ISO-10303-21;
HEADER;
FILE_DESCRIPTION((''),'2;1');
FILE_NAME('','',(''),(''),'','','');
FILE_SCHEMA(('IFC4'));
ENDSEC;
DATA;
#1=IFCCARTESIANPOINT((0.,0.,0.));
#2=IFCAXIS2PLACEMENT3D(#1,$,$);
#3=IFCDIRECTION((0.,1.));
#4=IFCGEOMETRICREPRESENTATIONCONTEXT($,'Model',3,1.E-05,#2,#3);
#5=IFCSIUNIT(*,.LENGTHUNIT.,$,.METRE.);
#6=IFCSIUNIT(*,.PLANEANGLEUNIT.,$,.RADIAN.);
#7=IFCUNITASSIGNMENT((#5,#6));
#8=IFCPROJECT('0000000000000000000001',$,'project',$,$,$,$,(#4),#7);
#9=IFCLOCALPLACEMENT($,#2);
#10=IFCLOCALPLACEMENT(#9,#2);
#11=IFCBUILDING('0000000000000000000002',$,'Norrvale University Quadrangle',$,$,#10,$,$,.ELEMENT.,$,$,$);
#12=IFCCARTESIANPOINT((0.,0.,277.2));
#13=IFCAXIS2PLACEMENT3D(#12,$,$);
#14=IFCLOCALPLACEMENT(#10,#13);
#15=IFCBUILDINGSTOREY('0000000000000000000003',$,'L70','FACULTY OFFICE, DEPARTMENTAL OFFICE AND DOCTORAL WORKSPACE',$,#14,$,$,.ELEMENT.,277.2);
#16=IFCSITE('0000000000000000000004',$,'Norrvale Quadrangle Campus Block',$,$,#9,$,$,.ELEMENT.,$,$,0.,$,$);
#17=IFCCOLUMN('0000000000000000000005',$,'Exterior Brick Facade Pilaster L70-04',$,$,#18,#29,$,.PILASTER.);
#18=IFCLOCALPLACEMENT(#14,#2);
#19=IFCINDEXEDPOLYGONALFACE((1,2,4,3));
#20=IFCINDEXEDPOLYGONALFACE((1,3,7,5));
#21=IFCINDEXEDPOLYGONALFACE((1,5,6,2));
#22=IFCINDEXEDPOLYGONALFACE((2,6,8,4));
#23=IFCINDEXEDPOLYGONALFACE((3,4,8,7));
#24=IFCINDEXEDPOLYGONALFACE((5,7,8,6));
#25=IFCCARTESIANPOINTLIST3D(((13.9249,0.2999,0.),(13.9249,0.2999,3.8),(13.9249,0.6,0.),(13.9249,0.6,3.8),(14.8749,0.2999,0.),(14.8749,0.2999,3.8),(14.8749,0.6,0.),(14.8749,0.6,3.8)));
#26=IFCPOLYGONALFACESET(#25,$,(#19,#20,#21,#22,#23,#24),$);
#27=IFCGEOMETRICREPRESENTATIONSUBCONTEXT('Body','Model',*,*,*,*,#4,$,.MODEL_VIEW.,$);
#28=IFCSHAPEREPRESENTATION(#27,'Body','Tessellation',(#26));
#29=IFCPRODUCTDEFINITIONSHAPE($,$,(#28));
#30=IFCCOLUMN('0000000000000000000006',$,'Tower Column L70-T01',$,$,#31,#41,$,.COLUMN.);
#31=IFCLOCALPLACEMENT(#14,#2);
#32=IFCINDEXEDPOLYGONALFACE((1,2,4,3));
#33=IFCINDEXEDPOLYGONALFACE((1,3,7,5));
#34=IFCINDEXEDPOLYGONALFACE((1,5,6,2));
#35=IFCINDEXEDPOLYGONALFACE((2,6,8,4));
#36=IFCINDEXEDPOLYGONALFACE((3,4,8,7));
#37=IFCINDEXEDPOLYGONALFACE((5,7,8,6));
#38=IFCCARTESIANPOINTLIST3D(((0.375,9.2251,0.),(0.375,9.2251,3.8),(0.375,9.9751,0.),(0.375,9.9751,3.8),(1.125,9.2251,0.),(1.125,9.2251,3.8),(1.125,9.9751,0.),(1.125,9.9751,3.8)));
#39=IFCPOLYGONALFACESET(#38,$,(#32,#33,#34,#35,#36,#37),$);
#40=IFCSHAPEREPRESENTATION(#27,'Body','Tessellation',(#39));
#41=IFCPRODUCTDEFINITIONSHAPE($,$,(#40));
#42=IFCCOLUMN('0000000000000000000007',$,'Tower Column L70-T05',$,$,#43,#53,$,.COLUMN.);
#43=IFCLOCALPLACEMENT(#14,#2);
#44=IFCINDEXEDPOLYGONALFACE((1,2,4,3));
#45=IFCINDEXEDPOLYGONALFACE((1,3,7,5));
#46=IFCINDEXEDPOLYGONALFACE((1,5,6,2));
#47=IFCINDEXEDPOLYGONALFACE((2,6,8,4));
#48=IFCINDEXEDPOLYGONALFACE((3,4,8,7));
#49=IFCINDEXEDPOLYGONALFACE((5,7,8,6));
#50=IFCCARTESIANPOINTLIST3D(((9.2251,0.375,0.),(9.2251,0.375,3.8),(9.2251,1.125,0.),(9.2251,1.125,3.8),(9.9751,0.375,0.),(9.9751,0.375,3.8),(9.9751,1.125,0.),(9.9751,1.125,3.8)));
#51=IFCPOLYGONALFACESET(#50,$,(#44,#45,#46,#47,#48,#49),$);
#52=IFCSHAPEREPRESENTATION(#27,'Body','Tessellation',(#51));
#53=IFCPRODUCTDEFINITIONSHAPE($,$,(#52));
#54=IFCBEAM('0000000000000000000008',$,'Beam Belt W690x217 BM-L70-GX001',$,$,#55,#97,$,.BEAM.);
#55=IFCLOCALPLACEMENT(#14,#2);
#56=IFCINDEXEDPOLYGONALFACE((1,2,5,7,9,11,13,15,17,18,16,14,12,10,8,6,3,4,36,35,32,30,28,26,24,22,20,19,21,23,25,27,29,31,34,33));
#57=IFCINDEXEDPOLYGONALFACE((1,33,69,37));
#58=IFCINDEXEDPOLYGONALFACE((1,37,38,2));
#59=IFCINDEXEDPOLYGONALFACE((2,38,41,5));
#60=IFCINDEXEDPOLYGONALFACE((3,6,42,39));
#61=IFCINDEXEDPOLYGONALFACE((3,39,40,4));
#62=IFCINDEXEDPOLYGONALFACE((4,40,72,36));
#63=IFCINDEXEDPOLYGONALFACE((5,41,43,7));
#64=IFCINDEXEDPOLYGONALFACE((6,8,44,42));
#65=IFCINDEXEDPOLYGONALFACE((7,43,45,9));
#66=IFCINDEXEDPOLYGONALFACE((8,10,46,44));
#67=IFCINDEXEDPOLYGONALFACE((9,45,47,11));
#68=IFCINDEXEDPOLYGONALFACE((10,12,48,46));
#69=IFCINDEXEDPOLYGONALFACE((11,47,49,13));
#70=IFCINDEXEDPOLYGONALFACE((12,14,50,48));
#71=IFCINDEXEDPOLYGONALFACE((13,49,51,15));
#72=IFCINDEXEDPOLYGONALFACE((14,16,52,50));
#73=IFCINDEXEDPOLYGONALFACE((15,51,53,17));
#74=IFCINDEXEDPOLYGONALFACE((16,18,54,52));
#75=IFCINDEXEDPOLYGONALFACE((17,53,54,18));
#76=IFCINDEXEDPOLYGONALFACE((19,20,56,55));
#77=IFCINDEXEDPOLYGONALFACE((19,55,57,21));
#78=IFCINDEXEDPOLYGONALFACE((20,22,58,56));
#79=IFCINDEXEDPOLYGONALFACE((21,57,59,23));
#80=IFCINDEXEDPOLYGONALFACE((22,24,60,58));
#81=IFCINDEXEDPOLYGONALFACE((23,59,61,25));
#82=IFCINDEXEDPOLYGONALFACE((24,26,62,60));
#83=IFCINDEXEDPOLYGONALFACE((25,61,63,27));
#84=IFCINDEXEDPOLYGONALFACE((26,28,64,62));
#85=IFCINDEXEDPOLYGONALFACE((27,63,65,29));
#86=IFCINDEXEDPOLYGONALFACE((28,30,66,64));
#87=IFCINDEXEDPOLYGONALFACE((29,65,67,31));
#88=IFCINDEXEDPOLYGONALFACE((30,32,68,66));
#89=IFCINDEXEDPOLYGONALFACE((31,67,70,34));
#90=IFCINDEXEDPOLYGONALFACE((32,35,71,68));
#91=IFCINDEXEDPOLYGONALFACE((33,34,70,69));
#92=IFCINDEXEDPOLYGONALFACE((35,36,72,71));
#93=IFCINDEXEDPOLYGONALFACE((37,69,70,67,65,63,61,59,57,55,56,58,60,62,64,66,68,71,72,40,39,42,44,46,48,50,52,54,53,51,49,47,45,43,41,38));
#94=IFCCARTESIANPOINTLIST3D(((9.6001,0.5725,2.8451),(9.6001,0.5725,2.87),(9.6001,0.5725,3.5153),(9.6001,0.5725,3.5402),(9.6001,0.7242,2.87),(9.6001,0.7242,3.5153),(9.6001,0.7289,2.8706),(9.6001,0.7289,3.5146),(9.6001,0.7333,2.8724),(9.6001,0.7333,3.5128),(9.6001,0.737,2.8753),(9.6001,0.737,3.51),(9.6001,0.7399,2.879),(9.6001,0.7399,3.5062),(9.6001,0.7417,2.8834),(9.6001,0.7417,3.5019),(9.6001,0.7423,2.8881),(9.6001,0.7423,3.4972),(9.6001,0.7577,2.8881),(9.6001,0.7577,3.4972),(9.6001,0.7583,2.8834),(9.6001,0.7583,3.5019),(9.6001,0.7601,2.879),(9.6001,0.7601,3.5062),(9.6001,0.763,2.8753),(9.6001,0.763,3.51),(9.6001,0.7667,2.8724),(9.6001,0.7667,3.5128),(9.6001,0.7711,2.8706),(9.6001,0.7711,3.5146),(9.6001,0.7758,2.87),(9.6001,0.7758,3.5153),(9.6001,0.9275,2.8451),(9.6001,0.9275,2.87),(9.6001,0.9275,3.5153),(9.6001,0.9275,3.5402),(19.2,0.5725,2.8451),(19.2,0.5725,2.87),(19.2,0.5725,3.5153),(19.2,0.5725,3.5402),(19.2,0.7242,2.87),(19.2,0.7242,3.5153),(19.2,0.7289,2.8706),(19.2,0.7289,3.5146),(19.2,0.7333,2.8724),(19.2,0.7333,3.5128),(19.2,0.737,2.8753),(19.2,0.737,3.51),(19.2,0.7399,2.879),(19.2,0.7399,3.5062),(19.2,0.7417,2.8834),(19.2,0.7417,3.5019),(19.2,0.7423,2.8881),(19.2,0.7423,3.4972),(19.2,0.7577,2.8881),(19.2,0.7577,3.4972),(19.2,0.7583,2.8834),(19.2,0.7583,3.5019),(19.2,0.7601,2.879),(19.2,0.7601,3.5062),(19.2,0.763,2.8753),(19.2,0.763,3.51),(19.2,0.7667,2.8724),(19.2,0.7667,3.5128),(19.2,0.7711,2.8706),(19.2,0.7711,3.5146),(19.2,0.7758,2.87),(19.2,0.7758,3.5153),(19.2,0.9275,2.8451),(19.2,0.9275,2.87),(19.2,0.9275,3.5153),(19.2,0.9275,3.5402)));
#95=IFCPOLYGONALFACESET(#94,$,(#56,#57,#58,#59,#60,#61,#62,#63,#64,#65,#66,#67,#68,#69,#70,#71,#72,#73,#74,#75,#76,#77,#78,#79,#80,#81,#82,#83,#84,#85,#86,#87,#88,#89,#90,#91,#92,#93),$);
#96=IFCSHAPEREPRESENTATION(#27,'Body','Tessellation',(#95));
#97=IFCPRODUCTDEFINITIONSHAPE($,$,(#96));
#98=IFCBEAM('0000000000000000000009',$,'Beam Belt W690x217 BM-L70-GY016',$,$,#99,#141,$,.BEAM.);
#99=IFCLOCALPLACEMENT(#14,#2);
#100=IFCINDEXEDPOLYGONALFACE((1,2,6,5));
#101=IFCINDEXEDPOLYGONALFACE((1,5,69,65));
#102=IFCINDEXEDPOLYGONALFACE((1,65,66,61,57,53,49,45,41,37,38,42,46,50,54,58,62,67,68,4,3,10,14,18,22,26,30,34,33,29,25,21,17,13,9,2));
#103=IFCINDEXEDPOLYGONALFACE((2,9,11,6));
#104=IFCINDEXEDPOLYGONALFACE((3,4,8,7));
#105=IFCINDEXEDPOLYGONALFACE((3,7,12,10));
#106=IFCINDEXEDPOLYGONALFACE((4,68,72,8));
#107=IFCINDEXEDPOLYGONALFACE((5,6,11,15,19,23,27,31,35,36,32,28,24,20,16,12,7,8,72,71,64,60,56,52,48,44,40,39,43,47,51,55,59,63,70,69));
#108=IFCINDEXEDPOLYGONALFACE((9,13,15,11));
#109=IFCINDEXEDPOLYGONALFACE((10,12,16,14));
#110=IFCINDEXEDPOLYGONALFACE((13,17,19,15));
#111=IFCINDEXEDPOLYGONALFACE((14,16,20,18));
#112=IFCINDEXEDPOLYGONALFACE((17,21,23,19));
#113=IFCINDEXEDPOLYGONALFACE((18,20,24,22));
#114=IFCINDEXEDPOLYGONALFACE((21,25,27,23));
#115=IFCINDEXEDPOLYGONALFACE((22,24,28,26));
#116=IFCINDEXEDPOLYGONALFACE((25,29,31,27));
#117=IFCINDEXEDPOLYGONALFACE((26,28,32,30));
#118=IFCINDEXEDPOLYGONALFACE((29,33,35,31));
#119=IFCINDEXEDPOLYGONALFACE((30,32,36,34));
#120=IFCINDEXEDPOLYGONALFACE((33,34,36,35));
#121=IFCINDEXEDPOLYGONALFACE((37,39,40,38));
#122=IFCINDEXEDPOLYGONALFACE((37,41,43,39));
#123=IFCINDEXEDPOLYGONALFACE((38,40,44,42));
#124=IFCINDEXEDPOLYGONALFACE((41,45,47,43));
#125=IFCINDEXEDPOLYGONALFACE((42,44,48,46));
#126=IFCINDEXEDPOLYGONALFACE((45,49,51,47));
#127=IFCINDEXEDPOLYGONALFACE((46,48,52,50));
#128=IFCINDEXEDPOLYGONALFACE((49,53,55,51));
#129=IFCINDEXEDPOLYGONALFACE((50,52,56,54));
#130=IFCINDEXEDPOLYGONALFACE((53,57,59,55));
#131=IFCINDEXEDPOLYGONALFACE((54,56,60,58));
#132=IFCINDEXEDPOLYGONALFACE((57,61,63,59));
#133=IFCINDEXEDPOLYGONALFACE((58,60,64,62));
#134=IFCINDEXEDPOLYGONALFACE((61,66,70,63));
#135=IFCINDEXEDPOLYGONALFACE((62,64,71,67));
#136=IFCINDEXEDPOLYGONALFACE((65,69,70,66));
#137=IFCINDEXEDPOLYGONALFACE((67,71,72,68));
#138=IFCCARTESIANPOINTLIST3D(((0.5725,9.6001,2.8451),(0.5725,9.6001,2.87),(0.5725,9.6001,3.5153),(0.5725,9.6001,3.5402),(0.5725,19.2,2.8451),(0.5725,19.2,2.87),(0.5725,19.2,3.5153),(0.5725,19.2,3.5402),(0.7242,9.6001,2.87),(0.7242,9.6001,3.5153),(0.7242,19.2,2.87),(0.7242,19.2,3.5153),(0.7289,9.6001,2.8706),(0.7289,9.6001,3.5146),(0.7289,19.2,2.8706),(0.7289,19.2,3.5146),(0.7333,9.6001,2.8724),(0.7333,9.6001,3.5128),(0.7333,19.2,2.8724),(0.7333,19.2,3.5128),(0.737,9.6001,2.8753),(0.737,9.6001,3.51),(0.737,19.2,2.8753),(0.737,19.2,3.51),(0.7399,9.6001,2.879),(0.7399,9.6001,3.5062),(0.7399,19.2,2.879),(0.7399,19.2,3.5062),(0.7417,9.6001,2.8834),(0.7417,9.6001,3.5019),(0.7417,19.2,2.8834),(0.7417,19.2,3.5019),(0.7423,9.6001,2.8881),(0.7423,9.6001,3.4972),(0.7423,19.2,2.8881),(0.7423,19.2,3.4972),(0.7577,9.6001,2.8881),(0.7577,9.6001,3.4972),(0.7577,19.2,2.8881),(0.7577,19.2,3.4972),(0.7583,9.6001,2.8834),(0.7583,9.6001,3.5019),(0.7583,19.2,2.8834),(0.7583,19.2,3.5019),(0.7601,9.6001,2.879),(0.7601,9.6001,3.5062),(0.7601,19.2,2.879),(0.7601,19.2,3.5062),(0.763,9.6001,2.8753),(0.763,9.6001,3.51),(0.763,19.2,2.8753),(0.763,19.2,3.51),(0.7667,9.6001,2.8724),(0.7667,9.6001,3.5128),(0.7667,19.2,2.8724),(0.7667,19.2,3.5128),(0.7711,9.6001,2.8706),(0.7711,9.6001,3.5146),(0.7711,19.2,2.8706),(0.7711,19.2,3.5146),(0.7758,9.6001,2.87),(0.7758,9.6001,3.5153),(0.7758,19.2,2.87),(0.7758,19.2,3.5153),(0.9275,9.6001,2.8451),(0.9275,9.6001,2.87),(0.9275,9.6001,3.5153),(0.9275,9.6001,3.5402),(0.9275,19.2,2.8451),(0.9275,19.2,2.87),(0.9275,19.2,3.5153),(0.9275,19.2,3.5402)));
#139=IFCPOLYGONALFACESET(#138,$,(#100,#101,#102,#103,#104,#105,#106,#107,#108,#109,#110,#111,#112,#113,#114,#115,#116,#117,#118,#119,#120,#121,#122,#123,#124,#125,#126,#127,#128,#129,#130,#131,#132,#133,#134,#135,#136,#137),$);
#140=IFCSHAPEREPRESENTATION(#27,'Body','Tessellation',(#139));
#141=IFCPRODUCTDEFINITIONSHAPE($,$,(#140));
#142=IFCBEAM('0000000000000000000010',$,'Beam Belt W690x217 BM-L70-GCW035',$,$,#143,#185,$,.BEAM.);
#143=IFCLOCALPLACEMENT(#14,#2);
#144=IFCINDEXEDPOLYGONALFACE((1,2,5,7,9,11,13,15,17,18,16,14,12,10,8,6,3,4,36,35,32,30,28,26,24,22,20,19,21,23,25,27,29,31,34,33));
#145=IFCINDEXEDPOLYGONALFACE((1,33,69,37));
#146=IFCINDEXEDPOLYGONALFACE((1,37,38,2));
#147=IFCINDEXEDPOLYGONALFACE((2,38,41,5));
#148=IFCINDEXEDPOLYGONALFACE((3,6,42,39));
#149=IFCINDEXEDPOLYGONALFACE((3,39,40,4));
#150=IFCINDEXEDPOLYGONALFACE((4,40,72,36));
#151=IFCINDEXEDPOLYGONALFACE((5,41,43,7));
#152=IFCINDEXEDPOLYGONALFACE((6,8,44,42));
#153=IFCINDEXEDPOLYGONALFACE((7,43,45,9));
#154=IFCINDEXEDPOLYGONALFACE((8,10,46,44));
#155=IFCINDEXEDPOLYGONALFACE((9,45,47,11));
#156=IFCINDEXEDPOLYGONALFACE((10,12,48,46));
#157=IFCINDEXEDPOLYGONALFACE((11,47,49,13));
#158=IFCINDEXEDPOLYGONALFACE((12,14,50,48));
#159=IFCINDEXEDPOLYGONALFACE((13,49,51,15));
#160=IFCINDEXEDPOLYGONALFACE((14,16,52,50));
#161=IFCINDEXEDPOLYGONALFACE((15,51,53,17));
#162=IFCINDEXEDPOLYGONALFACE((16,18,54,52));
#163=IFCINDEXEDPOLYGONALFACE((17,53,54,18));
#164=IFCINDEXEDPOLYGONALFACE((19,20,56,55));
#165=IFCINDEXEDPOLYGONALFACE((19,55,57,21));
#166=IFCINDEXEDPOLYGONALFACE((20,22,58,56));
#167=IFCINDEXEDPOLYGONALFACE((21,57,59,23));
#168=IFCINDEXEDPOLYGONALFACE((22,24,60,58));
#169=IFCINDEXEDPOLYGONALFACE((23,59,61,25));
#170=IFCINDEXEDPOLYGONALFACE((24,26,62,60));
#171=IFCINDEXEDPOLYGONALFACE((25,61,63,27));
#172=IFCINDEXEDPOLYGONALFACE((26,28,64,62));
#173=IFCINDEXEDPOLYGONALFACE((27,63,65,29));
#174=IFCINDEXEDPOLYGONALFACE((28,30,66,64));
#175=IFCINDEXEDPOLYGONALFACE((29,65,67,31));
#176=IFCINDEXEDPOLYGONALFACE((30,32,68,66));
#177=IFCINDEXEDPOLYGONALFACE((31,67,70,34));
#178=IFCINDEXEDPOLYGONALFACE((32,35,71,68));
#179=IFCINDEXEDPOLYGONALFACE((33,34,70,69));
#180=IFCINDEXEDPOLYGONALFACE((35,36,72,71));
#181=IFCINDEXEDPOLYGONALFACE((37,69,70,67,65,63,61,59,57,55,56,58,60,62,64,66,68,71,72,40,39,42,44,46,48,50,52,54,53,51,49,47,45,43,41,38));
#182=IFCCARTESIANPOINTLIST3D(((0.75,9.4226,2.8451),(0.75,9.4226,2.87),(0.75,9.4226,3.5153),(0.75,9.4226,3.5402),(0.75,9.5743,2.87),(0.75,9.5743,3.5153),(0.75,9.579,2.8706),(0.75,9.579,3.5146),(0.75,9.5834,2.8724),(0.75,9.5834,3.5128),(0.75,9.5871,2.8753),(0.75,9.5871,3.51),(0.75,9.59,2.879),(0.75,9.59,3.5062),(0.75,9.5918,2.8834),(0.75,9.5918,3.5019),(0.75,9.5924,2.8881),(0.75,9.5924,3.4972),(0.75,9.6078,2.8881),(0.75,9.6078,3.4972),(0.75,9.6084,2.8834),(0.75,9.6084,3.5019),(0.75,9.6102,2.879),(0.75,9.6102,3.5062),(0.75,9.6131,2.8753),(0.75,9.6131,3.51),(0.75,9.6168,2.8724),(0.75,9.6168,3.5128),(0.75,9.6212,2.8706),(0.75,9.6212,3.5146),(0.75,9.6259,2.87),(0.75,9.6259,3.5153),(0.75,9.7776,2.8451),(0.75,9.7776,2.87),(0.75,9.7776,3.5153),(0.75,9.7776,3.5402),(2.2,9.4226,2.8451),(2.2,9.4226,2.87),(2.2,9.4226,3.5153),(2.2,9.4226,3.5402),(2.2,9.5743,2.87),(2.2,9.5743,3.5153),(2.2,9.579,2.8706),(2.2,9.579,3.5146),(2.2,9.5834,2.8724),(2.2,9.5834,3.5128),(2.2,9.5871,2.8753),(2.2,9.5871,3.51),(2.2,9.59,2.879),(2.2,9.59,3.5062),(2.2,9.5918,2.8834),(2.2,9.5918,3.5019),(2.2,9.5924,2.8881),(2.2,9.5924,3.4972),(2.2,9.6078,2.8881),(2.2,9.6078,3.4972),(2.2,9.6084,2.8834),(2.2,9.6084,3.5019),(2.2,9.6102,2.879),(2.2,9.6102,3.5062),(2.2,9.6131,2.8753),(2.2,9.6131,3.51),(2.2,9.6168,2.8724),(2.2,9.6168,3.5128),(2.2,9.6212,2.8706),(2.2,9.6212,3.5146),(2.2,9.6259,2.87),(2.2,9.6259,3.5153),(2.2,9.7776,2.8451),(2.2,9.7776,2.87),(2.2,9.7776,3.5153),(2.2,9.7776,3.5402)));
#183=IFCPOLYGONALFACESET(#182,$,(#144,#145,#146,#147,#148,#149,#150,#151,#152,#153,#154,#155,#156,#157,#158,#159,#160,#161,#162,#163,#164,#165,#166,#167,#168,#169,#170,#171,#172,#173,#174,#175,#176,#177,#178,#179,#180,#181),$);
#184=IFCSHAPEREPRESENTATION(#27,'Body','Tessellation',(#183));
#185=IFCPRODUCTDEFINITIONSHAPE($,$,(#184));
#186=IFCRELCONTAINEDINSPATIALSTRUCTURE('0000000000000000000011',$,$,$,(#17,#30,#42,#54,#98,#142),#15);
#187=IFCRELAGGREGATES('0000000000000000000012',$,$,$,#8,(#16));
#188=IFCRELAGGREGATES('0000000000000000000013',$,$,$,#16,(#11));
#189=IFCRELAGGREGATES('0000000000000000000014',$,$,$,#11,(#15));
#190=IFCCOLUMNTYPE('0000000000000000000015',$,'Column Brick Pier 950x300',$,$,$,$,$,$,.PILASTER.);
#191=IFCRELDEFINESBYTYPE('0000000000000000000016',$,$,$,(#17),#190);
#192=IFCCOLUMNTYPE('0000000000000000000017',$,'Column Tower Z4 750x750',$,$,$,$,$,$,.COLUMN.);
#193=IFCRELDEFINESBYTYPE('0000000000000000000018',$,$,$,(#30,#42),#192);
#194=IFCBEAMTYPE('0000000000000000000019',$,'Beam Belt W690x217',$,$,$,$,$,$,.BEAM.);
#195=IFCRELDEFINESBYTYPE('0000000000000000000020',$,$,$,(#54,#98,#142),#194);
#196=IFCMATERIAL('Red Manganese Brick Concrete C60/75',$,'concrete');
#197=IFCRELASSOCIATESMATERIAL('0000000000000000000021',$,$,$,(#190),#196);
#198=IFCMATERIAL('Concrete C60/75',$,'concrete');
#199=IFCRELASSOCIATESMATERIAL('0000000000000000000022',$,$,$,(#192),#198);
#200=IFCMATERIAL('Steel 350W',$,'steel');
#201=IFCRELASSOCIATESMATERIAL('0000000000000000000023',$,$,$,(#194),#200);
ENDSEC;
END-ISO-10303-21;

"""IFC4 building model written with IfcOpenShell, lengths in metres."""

from ifc_helpers import new_model, si_unit, direction, frame, origin, origin_2d, place, context, subcontext, project, spatial, rectangle, i_section, extrude, material, material_profile, profile_set, type_object, element, save


model = new_model("IFC4")

# Units and contexts
model_context = context("Model", 3, precision=1e-05, world=origin(), true_north=direction((0.0, 1.0)))
body_context = subcontext(model_context, "Body", "Model", "MODEL_VIEW")
ifc_project = project(units=[si_unit("LENGTHUNIT", "METRE"), si_unit("PLANEANGLEUNIT", "RADIAN")], contexts=[model_context])

# Site, building, storey
site_placement = place(None, origin())
site = spatial("IfcSite", under=ifc_project, at=site_placement, Name="Norrvale Quadrangle Campus Block", CompositionType="ELEMENT", RefElevation=0.0)
building_placement = place(site_placement, origin())
building = spatial("IfcBuilding", under=site, at=building_placement, Name="Norrvale University Quadrangle", CompositionType="ELEMENT")
storey_placement = place(building_placement, frame((0.0, 0.0, 277.2)))
storey = spatial("IfcBuildingStorey", under=building, at=storey_placement, Name="L70", Description="FACULTY OFFICE, DEPARTMENTAL OFFICE AND DOCTORAL WORKSPACE", CompositionType="ELEMENT", Elevation=277.2)

# Columns
ifc_material_1 = material(Name="Red Manganese Brick Concrete C60/75", Category="concrete")
ifc_material_profile_1 = material_profile(ifc_material_1, rectangle(XDim=0.95, YDim=0.3, at=origin_2d()), Name="Red Manganese Brick Concrete C60/75")
ifc_profile_set_1 = profile_set([ifc_material_profile_1], Name="Red Manganese Brick Concrete C60/75")
column_type_1 = type_object("IfcColumnType", Name="Column Brick Pier 950x300", PredefinedType="PILASTER", material=ifc_profile_set_1)
column_placement = place(storey_placement, frame((14.3999, 0.45, 0.0), z_axis=(0.0, 0.0, 1.0), x_axis=(1.0, 0.0, 0.0)))
element("IfcColumn", 1, at=column_placement, inside=storey, type_object=column_type_1, Name="Exterior Brick Facade Pilaster L70-04", PredefinedType="PILASTER", context=body_context, shape_type="SweptSolid", body=[
    extrude(rectangle(XDim=0.95, YDim=0.3, at=origin_2d()), origin(), (0.0, 0.0, 1.0), 3.8),
])
ifc_material_2 = material(Name="Concrete C60/75", Category="concrete")
ifc_material_profile_2 = material_profile(ifc_material_2, rectangle(XDim=0.75, YDim=0.75, at=origin_2d()), Name="Concrete C60/75")
ifc_profile_set_2 = profile_set([ifc_material_profile_2], Name="Concrete C60/75")
column_type_2 = type_object("IfcColumnType", Name="Column Tower Z4 750x750", PredefinedType="COLUMN", material=ifc_profile_set_2)
for number, where, z_axis, x_axis, name in (
    (2, (0.75, 9.6001, 0.0), (0.0, 0.0, 1.0), (1.0, 0.0, 0.0), "Tower Column L70-T01"),
    (3, (9.6001, 0.75, 0.0), (0.0, 0.0, 1.0), (1.0, 0.0, 0.0), "Tower Column L70-T05"),
):
    element("IfcColumn", number, at=place(storey_placement, frame(where, z_axis=z_axis, x_axis=x_axis)), inside=storey, type_object=column_type_2, Name=name, PredefinedType="COLUMN", context=body_context, shape_type="SweptSolid", body=[
        extrude(rectangle(XDim=0.75, YDim=0.75, at=origin_2d()), origin(), (0.0, 0.0, 1.0), 3.8),
    ])

# Beams
ifc_material_3 = material(Name="Steel 350W", Category="steel")
ifc_material_profile_3 = material_profile(ifc_material_3, i_section(OverallWidth=0.355, OverallDepth=0.6951, WebThickness=0.0154, FlangeThickness=0.0249, FilletRadius=0.0181, at=origin_2d()), Name="Steel 350W")
ifc_profile_set_3 = profile_set([ifc_material_profile_3], Name="Steel 350W")
beam_type_1 = type_object("IfcBeamType", Name="Beam Belt W690x217", PredefinedType="BEAM", material=ifc_profile_set_3)
for number, where, z_axis, x_axis, name in (
    (4, (9.6001, 0.75, 3.1926), (1.0, 0.0, 0.0), (0.0, 1.0, 0.0), "Beam Belt W690x217 BM-L70-GX001"),
    (5, (0.75, 9.6001, 3.1926), (0.0, 1.0, 0.0), (-1.0, 0.0, 0.0), "Beam Belt W690x217 BM-L70-GY016"),
):
    element("IfcBeam", number, at=place(storey_placement, frame(where, z_axis=z_axis, x_axis=x_axis)), inside=storey, type_object=beam_type_1, Name=name, PredefinedType="BEAM", context=body_context, shape_type="SweptSolid", body=[
        extrude(i_section(OverallWidth=0.355, OverallDepth=0.6951, WebThickness=0.0154, FlangeThickness=0.0249, FilletRadius=0.0181, at=origin_2d()), origin(), (0.0, 0.0, 1.0), 9.5999),
    ])
beam_1_placement = place(storey_placement, frame((0.75, 9.6001, 3.1926), z_axis=(1.0, 0.0, 0.0), x_axis=(0.0, 1.0, 0.0)))
element("IfcBeam", 6, at=beam_1_placement, inside=storey, type_object=beam_type_1, Name="Beam Belt W690x217 BM-L70-GCW035", PredefinedType="BEAM", context=body_context, shape_type="SweptSolid", body=[
    extrude(i_section(OverallWidth=0.355, OverallDepth=0.6951, WebThickness=0.0154, FlangeThickness=0.0249, FilletRadius=0.0181, at=origin_2d()), origin(), (0.0, 0.0, 1.0), 1.45),
])

save(model, "model.ifc")
